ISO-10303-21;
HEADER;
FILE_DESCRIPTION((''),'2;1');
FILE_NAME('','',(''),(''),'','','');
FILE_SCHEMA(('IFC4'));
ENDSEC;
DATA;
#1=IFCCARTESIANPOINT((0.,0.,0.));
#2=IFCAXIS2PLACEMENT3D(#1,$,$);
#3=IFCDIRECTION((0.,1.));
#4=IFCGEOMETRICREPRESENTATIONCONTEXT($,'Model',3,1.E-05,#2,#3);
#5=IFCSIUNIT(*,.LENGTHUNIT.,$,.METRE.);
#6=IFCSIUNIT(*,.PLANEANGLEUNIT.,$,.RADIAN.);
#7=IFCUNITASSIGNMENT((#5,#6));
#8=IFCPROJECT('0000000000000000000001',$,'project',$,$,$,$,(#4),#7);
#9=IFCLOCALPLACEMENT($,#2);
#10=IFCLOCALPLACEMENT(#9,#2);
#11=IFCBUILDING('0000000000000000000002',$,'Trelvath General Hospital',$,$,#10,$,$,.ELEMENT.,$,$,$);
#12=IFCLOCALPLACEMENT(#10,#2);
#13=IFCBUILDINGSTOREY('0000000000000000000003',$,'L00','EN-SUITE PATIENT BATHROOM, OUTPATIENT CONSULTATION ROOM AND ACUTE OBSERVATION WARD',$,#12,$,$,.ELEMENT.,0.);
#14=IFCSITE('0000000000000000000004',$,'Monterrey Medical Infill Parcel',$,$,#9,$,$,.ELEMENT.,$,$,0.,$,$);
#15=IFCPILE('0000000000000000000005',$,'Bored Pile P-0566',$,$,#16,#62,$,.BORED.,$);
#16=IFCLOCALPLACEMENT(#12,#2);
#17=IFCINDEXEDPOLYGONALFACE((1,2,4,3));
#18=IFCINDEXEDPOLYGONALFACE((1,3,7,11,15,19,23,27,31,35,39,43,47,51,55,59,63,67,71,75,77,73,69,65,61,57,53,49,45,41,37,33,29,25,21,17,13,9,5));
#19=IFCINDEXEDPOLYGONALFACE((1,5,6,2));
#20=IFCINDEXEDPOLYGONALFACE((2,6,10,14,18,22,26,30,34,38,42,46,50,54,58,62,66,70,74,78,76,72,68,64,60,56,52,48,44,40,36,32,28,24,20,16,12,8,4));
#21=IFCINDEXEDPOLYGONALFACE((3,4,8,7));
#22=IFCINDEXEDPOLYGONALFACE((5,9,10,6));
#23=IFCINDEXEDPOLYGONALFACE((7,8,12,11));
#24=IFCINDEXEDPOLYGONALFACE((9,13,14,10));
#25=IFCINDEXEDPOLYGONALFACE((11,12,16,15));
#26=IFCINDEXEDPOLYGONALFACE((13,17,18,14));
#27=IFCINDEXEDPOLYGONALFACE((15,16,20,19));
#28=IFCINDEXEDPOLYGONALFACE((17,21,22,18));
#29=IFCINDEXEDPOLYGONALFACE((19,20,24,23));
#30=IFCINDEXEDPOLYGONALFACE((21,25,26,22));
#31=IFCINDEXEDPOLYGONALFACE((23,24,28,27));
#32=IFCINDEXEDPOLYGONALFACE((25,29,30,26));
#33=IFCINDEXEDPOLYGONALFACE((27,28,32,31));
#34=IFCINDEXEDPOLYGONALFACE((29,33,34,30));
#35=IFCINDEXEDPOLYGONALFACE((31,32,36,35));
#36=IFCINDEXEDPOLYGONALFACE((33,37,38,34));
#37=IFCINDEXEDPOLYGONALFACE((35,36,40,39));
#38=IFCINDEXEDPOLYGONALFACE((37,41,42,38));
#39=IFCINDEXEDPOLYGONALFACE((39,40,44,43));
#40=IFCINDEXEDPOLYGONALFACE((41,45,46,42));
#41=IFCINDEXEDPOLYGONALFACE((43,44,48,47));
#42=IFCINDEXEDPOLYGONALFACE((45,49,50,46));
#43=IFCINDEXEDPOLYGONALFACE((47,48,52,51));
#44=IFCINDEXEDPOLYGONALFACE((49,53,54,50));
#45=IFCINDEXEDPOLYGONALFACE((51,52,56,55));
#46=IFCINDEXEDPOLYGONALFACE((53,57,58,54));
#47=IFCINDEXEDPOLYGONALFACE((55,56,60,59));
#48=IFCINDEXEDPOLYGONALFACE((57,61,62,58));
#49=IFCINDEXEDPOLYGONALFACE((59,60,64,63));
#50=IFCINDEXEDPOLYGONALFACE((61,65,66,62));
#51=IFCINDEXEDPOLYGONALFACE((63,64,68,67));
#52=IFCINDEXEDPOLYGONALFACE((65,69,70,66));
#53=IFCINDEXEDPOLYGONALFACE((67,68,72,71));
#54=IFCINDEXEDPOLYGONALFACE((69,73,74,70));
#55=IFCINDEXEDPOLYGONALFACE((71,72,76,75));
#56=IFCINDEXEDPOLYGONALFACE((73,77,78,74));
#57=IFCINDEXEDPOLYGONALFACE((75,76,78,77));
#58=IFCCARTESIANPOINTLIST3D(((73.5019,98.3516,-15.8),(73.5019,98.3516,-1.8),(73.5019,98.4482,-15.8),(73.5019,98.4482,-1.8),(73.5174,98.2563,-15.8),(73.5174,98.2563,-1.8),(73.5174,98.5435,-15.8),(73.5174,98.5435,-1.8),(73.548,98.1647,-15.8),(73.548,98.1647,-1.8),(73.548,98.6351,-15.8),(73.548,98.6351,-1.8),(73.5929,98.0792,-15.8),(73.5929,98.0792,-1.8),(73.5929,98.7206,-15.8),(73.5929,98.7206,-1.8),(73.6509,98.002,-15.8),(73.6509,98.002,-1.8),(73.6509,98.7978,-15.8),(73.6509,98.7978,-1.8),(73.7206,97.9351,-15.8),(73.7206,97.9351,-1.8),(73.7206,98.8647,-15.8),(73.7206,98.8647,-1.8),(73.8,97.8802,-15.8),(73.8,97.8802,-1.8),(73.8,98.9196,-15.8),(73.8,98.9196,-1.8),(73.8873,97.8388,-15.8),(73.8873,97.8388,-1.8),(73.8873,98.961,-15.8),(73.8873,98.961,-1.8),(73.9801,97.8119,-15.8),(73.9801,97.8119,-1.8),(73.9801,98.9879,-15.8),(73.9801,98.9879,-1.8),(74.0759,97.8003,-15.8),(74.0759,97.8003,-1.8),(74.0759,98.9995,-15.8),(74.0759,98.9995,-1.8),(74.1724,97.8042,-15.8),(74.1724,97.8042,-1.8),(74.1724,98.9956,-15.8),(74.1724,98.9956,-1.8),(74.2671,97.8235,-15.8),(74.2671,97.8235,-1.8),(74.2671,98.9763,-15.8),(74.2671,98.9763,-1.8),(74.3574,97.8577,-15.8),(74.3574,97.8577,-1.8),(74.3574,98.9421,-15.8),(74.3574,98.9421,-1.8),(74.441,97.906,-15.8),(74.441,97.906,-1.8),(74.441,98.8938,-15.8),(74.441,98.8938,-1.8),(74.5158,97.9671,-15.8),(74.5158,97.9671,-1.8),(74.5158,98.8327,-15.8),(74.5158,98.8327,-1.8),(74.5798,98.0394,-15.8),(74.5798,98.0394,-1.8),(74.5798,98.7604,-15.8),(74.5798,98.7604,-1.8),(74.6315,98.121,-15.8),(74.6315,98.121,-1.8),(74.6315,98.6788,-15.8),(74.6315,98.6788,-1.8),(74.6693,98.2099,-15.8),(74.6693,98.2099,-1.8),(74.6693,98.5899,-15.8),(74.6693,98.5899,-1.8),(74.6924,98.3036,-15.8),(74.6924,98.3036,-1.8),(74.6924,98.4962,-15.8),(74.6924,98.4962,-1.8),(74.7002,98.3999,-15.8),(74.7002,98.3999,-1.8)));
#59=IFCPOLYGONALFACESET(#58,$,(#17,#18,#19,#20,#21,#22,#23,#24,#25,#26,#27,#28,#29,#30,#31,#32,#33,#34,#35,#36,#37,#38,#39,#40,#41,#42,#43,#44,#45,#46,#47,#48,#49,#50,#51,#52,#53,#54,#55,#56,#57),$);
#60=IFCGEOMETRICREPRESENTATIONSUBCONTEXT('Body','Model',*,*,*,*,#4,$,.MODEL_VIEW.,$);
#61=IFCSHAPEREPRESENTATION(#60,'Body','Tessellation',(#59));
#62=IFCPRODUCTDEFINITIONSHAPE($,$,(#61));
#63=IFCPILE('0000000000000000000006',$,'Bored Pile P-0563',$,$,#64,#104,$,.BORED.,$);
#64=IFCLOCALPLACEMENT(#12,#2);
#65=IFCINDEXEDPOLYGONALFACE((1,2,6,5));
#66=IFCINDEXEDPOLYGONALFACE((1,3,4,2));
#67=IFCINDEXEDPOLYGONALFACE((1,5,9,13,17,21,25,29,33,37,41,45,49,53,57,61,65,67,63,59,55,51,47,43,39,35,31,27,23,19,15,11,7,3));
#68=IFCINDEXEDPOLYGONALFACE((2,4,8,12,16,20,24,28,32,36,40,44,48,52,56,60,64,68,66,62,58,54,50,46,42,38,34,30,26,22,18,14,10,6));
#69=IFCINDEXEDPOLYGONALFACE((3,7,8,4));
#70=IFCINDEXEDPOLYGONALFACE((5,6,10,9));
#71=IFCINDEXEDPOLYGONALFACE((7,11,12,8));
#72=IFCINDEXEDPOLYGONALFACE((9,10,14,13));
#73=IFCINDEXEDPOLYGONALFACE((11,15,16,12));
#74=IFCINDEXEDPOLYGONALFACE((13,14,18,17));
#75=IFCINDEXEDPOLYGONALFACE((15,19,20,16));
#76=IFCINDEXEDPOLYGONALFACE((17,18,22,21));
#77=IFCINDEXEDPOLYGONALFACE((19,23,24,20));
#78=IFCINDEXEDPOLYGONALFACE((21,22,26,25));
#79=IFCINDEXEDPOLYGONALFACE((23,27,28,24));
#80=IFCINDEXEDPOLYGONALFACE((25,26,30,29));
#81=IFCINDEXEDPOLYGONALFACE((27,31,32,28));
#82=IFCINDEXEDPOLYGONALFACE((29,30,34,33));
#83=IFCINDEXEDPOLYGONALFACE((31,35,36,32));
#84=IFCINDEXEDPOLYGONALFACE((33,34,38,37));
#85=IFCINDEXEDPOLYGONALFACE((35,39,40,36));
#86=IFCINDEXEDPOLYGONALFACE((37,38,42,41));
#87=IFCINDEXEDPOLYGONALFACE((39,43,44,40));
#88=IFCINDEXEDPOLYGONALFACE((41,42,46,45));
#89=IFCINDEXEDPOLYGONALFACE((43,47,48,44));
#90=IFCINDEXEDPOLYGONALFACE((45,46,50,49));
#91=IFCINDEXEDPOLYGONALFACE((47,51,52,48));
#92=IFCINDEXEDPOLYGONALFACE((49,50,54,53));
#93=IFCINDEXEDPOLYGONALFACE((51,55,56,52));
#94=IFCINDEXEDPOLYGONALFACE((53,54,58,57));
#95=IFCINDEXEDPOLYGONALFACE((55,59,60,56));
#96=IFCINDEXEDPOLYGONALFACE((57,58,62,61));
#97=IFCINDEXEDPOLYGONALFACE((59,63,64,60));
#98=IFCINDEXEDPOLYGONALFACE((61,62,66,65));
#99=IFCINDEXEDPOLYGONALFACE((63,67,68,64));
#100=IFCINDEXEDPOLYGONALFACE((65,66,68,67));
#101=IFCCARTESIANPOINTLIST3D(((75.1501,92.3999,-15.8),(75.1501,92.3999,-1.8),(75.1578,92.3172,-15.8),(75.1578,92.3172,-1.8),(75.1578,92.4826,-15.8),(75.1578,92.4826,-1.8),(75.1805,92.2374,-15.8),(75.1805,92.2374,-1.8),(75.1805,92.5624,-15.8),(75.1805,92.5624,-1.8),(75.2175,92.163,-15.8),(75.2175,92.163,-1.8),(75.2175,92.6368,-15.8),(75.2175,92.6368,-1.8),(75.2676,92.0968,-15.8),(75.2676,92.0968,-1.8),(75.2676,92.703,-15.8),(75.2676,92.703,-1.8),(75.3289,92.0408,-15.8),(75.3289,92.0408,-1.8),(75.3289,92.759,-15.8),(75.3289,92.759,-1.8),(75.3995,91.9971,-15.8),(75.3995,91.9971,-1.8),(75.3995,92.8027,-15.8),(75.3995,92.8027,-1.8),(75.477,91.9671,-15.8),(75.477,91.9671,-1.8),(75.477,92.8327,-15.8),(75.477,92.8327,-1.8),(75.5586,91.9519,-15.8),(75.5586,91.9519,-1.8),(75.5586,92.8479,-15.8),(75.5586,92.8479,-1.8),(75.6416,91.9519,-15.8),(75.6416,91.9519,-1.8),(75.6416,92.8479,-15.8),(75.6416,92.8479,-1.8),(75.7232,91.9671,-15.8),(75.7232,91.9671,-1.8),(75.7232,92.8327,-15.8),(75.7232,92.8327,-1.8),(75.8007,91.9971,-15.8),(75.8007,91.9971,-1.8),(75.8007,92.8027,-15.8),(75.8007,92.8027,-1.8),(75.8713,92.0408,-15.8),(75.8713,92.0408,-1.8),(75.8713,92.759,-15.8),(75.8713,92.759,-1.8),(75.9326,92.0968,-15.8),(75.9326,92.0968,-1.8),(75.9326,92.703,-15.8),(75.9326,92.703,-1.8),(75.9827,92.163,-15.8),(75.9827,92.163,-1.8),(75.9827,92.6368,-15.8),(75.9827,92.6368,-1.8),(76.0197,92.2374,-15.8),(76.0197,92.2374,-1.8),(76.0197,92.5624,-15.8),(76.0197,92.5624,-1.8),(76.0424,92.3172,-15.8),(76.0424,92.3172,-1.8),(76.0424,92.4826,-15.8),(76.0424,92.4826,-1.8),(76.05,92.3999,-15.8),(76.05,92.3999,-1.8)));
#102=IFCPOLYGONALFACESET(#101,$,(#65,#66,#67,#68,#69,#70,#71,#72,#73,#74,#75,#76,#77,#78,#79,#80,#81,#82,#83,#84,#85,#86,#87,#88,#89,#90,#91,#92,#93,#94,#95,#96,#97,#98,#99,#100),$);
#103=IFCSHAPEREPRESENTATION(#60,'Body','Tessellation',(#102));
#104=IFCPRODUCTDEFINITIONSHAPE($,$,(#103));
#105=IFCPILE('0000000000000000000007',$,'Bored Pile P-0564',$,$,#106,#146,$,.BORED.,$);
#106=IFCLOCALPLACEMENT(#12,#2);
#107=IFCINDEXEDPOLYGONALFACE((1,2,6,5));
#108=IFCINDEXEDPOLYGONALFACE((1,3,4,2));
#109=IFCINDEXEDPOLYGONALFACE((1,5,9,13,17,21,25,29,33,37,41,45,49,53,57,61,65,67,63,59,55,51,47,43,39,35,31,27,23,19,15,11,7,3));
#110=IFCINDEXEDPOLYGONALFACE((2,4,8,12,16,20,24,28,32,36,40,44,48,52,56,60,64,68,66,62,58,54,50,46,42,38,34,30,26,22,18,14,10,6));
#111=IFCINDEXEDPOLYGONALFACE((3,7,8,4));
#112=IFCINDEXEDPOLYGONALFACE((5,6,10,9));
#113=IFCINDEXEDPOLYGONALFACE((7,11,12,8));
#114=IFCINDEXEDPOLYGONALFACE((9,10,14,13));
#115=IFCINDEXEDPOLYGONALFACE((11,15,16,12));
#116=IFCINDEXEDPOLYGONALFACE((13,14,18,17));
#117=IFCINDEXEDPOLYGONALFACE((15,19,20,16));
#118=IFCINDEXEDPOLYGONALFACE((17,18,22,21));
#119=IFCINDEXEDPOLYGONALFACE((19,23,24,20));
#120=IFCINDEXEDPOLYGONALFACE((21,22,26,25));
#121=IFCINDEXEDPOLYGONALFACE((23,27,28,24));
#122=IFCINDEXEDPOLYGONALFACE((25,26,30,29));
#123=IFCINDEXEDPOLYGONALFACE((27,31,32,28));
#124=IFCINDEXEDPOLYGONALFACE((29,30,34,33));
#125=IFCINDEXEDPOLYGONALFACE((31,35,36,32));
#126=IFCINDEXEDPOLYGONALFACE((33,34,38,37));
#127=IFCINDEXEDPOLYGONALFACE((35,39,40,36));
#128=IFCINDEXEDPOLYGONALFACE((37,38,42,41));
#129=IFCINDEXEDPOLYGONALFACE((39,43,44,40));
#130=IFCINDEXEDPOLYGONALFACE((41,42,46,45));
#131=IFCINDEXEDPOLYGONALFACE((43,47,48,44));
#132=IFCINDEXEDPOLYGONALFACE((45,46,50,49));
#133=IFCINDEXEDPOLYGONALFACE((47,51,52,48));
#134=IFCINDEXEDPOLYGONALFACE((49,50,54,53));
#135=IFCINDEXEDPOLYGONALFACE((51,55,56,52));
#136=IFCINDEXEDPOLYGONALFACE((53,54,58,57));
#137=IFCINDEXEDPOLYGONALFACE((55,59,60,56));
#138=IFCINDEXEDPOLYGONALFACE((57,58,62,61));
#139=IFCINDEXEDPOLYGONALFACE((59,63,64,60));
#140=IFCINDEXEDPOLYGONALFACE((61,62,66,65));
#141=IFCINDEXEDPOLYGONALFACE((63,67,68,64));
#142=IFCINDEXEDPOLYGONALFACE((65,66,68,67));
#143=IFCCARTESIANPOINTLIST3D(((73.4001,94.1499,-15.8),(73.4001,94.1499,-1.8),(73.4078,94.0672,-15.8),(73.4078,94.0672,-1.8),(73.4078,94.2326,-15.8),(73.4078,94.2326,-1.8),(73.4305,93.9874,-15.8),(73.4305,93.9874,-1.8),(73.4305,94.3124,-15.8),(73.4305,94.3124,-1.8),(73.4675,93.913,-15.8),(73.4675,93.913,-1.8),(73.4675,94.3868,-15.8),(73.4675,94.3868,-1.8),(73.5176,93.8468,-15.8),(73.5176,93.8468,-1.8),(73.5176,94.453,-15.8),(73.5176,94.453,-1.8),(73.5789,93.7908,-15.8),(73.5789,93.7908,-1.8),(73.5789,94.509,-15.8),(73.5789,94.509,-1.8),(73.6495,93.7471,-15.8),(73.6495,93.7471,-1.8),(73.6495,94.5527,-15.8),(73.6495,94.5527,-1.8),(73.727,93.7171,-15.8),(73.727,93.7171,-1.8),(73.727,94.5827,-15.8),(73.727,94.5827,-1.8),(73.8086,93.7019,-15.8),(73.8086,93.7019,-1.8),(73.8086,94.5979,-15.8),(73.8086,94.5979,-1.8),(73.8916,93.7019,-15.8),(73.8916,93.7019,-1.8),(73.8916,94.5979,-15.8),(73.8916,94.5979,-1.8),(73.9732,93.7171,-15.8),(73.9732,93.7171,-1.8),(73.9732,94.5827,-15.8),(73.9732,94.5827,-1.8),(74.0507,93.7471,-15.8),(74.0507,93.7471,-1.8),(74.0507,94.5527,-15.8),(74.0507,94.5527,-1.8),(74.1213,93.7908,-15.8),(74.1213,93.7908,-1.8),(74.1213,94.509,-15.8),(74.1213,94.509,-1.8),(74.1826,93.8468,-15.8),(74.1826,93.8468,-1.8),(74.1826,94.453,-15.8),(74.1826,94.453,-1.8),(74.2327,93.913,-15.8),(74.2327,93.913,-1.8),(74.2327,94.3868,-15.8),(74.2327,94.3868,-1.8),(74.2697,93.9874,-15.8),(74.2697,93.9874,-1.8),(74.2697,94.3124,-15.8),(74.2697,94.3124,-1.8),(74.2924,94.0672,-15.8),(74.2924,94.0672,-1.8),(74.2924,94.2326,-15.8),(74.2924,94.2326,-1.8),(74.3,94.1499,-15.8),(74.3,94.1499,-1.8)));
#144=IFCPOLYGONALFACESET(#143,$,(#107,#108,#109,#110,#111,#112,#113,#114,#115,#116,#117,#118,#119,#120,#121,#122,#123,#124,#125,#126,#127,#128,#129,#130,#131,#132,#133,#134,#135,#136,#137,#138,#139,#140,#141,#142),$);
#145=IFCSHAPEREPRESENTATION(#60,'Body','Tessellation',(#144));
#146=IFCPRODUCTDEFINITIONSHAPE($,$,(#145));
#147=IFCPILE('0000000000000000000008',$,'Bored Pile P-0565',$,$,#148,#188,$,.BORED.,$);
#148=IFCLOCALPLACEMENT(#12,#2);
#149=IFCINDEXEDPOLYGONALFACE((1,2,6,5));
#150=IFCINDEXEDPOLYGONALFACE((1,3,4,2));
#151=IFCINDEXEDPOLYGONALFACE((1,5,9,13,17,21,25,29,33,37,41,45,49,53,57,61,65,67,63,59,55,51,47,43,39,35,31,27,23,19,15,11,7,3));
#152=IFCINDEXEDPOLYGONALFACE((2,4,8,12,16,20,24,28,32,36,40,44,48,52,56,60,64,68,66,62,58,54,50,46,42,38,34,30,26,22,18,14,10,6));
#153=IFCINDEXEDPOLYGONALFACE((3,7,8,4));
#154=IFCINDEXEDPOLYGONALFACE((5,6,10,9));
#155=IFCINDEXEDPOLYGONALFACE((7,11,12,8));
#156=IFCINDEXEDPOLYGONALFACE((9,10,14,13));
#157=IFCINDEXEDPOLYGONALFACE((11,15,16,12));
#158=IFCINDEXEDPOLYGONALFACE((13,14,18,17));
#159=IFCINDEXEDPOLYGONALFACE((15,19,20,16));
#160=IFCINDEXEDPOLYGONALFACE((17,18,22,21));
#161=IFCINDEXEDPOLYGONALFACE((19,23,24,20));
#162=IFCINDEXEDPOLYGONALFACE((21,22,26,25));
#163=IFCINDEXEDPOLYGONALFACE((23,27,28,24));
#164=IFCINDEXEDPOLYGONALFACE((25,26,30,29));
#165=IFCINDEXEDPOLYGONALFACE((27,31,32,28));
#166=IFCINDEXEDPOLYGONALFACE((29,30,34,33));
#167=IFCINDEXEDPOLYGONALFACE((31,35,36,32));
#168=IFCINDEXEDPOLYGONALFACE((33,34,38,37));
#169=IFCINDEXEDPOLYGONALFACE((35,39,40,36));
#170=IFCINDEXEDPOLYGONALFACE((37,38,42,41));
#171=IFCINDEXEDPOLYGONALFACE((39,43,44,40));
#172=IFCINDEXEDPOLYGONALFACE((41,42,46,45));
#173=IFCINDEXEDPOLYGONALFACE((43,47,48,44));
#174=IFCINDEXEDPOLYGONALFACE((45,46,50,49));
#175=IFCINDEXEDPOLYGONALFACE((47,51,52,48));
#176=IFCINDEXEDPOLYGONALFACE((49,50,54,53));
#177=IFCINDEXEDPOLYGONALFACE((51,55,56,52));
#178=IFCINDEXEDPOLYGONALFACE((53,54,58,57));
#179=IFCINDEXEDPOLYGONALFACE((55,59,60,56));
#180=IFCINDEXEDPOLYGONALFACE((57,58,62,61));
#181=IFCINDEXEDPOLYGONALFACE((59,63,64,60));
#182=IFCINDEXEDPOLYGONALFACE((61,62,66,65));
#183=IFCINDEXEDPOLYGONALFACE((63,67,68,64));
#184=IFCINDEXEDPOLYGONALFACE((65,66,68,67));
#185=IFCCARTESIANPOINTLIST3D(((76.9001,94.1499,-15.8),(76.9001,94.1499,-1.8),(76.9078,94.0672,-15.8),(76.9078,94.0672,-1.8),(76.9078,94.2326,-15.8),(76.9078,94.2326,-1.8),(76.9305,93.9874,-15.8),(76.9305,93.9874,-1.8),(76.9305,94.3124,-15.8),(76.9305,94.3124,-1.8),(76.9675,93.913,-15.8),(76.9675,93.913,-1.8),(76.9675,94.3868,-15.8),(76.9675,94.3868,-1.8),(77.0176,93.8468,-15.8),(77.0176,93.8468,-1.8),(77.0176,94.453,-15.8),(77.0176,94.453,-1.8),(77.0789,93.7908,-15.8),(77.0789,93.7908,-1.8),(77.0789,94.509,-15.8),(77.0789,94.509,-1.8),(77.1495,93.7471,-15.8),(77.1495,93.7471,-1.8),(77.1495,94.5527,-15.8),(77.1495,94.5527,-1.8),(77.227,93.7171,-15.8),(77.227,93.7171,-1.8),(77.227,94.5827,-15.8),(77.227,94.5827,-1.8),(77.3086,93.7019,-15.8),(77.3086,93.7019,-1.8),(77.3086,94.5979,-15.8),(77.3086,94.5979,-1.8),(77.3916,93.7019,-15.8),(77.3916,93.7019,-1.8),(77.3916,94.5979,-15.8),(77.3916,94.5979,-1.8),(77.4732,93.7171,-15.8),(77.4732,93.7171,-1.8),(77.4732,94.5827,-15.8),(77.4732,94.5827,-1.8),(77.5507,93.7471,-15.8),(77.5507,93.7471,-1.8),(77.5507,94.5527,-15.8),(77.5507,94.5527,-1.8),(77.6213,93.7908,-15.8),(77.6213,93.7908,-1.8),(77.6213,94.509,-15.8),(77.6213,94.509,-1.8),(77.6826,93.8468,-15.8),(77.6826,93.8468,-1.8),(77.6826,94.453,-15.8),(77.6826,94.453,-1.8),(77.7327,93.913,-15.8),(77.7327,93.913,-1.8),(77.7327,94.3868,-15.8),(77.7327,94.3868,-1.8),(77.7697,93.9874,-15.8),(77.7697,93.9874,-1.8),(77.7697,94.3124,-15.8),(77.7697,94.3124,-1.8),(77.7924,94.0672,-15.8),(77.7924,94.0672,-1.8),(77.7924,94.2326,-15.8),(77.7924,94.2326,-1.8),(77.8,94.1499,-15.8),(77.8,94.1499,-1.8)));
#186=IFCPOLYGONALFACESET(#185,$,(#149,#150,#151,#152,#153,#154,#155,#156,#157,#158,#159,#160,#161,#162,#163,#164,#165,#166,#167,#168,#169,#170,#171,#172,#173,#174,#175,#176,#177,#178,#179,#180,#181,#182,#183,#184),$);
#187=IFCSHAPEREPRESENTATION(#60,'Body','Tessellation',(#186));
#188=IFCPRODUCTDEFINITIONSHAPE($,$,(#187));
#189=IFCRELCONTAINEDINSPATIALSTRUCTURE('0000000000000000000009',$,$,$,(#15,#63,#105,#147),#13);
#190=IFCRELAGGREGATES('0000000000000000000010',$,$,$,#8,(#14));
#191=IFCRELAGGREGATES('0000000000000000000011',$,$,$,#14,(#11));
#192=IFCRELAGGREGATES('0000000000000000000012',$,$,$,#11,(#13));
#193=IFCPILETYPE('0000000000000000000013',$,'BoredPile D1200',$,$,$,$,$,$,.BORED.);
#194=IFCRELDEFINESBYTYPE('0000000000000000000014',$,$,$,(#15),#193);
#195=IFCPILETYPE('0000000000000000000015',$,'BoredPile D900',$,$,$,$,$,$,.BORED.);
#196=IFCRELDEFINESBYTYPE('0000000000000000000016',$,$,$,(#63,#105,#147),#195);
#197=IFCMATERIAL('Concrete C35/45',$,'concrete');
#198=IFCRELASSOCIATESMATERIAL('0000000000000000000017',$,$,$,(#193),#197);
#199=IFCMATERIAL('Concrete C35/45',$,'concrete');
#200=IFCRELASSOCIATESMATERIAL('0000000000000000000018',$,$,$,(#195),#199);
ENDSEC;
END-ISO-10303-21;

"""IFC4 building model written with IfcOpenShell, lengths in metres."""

from ifc_helpers import new_model, si_unit, direction, frame, origin, origin_2d, place, context, subcontext, project, spatial, circle, extrude, material, material_profile, profile_set, type_object, element, save


model = new_model("IFC4")

# Units and contexts
model_context = context("Model", 3, precision=1e-05, world=origin(), true_north=direction((0.0, 1.0)))
body_context = subcontext(model_context, "Body", "Model", "MODEL_VIEW")
ifc_project = project(units=[si_unit("LENGTHUNIT", "METRE"), si_unit("PLANEANGLEUNIT", "RADIAN")], contexts=[model_context])

# Site, building, storey
site_placement = place(None, origin())
site = spatial("IfcSite", under=ifc_project, at=site_placement, Name="Monterrey Medical Infill Parcel", CompositionType="ELEMENT", RefElevation=0.0)
building_placement = place(site_placement, origin())
building = spatial("IfcBuilding", under=site, at=building_placement, Name="Trelvath General Hospital", CompositionType="ELEMENT")
storey_placement = place(building_placement, origin())
storey = spatial("IfcBuildingStorey", under=building, at=storey_placement, Name="L00", Description="EN-SUITE PATIENT BATHROOM, OUTPATIENT CONSULTATION ROOM AND ACUTE OBSERVATION WARD", CompositionType="ELEMENT", Elevation=0.0)

# Piles
ifc_material_1 = material(Name="Concrete C35/45", Category="concrete")
ifc_material_profile_1 = material_profile(ifc_material_1, circle(Radius=0.6001, at=origin_2d()), Name="PILE1200")
ifc_profile_set_1 = profile_set([ifc_material_profile_1], Name="Concrete C35/45")
pile_type_1 = type_object("IfcPileType", Name="BoredPile D1200", PredefinedType="BORED", material=ifc_profile_set_1)
pile_placement = place(storey_placement, frame((74.1001, 98.3999, -1.8), z_axis=(0.0, 0.0, -1.0), x_axis=(1.0, 0.0, 0.0)))
element("IfcPile", 1, at=pile_placement, inside=storey, type_object=pile_type_1, Name="Bored Pile P-0566", PredefinedType="BORED", context=body_context, shape_type="SweptSolid", body=[
    extrude(circle(Radius=0.6001, at=origin_2d()), origin(), (0.0, 0.0, 1.0), 14.0),
])
ifc_material_2 = material(Name="Concrete C35/45", Category="concrete")
ifc_material_profile_2 = material_profile(ifc_material_2, circle(Radius=0.45, at=origin_2d()), Name="PILE900")
ifc_profile_set_2 = profile_set([ifc_material_profile_2], Name="Concrete C35/45")
pile_type_2 = type_object("IfcPileType", Name="BoredPile D900", PredefinedType="BORED", material=ifc_profile_set_2)
for number, where, z_axis, x_axis, name in (
    (2, (75.6001, 92.3999, -1.8), (0.0, 0.0, -1.0), (1.0, 0.0, 0.0), "Bored Pile P-0563"),
    (3, (73.8501, 94.1499, -1.8), (0.0, 0.0, -1.0), (1.0, 0.0, 0.0), "Bored Pile P-0564"),
    (4, (77.3501, 94.1499, -1.8), (0.0, 0.0, -1.0), (1.0, 0.0, 0.0), "Bored Pile P-0565"),
):
    element("IfcPile", number, at=place(storey_placement, frame(where, z_axis=z_axis, x_axis=x_axis)), inside=storey, type_object=pile_type_2, Name=name, PredefinedType="BORED", context=body_context, shape_type="SweptSolid", body=[
        extrude(circle(Radius=0.45, at=origin_2d()), origin(), (0.0, 0.0, 1.0), 14.0),
    ])

save(model, "model.ifc")
